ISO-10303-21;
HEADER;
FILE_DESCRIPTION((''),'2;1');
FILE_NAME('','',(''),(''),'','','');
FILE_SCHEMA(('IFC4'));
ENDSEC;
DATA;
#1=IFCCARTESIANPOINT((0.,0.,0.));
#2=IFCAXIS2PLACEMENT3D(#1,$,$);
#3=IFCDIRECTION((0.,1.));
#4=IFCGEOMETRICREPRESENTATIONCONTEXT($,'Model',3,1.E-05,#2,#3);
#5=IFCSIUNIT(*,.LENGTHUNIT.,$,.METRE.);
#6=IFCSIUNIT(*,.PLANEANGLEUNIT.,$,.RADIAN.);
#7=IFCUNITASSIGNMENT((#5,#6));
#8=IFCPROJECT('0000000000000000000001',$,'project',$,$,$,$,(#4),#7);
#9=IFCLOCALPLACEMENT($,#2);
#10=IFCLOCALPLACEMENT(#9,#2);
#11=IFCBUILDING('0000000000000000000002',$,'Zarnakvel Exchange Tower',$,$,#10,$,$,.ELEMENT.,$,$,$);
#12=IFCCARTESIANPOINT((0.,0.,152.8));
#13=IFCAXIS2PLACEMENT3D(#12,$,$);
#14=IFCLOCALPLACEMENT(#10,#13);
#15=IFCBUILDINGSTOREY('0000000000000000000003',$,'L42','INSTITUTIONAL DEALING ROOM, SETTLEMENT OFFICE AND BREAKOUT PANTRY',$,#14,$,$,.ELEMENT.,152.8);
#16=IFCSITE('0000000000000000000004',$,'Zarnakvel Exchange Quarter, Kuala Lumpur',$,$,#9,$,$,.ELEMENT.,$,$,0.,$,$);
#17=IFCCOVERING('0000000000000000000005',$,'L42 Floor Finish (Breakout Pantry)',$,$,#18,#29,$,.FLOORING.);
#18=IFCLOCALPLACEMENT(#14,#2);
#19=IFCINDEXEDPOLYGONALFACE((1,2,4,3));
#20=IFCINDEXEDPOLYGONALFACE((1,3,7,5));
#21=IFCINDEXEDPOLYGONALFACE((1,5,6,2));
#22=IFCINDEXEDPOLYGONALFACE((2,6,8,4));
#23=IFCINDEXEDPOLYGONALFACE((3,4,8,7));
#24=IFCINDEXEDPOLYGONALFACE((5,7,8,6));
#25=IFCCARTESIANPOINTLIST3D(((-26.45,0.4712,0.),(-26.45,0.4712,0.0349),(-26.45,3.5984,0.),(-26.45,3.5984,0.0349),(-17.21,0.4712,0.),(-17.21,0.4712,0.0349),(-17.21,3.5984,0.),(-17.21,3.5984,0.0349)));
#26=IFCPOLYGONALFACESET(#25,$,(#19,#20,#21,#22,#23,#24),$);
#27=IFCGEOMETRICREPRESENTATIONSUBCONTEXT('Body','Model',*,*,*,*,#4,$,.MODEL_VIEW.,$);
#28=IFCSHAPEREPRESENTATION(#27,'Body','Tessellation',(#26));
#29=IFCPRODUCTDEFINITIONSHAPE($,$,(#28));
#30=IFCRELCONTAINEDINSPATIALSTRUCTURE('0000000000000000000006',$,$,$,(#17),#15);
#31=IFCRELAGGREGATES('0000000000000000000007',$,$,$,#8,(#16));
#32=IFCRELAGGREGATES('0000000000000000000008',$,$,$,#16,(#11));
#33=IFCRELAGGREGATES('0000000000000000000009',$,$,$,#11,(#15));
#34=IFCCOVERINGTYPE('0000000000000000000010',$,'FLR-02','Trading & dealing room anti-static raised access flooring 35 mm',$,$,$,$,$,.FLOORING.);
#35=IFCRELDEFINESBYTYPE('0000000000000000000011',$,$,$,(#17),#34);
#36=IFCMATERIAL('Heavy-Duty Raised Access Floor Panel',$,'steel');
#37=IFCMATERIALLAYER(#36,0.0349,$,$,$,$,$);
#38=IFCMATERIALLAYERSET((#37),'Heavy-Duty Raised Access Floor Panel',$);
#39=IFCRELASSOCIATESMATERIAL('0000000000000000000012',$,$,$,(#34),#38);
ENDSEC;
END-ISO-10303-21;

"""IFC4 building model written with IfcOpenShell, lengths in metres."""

from ifc_helpers import new_model, si_unit, direction, frame, origin, place, context, subcontext, project, spatial, polyline, outline, extrude, material, layer, layer_set, type_object, element, save


model = new_model("IFC4")

# Units and contexts
model_context = context("Model", 3, precision=1e-05, world=origin(), true_north=direction((0.0, 1.0)))
body_context = subcontext(model_context, "Body", "Model", "MODEL_VIEW")
ifc_project = project(units=[si_unit("LENGTHUNIT", "METRE"), si_unit("PLANEANGLEUNIT", "RADIAN")], contexts=[model_context])

# Site, building, storey
site_placement = place(None, origin())
site = spatial("IfcSite", under=ifc_project, at=site_placement, Name="Zarnakvel Exchange Quarter, Kuala Lumpur", CompositionType="ELEMENT", RefElevation=0.0)
building_placement = place(site_placement, origin())
building = spatial("IfcBuilding", under=site, at=building_placement, Name="Zarnakvel Exchange Tower", CompositionType="ELEMENT")
storey_placement = place(building_placement, frame((0.0, 0.0, 152.8)))
storey = spatial("IfcBuildingStorey", under=building, at=storey_placement, Name="L42", Description="INSTITUTIONAL DEALING ROOM, SETTLEMENT OFFICE AND BREAKOUT PANTRY", CompositionType="ELEMENT", Elevation=152.8)

# Covering
ifc_material_1 = material(Name="Heavy-Duty Raised Access Floor Panel", Category="steel")
ifc_layer_1 = layer(ifc_material_1, 0.0349)
ifc_layer_set_1 = layer_set([ifc_layer_1], Name="Heavy-Duty Raised Access Floor Panel")
covering_type_1 = type_object("IfcCoveringType", Name="FLR-02", Description="Trading & dealing room anti-static raised access flooring 35 mm", PredefinedType="FLOORING", material=ifc_layer_set_1)
covering_1_placement = place(storey_placement, origin())
element("IfcCovering", 1, at=covering_1_placement, inside=storey, type_object=covering_type_1, Name="L42 Floor Finish (Breakout Pantry)", PredefinedType="FLOORING", context=body_context, shape_type="SweptSolid", body=[
    extrude(outline(polyline([(-26.45, 3.5984), (-17.21, 3.5984), (-17.21, 0.4712), (-26.45, 0.4712), (-26.45, 3.5984)])), origin(), (0.0, 0.0, 1.0), 0.0349),
])

save(model, "model.ifc")
